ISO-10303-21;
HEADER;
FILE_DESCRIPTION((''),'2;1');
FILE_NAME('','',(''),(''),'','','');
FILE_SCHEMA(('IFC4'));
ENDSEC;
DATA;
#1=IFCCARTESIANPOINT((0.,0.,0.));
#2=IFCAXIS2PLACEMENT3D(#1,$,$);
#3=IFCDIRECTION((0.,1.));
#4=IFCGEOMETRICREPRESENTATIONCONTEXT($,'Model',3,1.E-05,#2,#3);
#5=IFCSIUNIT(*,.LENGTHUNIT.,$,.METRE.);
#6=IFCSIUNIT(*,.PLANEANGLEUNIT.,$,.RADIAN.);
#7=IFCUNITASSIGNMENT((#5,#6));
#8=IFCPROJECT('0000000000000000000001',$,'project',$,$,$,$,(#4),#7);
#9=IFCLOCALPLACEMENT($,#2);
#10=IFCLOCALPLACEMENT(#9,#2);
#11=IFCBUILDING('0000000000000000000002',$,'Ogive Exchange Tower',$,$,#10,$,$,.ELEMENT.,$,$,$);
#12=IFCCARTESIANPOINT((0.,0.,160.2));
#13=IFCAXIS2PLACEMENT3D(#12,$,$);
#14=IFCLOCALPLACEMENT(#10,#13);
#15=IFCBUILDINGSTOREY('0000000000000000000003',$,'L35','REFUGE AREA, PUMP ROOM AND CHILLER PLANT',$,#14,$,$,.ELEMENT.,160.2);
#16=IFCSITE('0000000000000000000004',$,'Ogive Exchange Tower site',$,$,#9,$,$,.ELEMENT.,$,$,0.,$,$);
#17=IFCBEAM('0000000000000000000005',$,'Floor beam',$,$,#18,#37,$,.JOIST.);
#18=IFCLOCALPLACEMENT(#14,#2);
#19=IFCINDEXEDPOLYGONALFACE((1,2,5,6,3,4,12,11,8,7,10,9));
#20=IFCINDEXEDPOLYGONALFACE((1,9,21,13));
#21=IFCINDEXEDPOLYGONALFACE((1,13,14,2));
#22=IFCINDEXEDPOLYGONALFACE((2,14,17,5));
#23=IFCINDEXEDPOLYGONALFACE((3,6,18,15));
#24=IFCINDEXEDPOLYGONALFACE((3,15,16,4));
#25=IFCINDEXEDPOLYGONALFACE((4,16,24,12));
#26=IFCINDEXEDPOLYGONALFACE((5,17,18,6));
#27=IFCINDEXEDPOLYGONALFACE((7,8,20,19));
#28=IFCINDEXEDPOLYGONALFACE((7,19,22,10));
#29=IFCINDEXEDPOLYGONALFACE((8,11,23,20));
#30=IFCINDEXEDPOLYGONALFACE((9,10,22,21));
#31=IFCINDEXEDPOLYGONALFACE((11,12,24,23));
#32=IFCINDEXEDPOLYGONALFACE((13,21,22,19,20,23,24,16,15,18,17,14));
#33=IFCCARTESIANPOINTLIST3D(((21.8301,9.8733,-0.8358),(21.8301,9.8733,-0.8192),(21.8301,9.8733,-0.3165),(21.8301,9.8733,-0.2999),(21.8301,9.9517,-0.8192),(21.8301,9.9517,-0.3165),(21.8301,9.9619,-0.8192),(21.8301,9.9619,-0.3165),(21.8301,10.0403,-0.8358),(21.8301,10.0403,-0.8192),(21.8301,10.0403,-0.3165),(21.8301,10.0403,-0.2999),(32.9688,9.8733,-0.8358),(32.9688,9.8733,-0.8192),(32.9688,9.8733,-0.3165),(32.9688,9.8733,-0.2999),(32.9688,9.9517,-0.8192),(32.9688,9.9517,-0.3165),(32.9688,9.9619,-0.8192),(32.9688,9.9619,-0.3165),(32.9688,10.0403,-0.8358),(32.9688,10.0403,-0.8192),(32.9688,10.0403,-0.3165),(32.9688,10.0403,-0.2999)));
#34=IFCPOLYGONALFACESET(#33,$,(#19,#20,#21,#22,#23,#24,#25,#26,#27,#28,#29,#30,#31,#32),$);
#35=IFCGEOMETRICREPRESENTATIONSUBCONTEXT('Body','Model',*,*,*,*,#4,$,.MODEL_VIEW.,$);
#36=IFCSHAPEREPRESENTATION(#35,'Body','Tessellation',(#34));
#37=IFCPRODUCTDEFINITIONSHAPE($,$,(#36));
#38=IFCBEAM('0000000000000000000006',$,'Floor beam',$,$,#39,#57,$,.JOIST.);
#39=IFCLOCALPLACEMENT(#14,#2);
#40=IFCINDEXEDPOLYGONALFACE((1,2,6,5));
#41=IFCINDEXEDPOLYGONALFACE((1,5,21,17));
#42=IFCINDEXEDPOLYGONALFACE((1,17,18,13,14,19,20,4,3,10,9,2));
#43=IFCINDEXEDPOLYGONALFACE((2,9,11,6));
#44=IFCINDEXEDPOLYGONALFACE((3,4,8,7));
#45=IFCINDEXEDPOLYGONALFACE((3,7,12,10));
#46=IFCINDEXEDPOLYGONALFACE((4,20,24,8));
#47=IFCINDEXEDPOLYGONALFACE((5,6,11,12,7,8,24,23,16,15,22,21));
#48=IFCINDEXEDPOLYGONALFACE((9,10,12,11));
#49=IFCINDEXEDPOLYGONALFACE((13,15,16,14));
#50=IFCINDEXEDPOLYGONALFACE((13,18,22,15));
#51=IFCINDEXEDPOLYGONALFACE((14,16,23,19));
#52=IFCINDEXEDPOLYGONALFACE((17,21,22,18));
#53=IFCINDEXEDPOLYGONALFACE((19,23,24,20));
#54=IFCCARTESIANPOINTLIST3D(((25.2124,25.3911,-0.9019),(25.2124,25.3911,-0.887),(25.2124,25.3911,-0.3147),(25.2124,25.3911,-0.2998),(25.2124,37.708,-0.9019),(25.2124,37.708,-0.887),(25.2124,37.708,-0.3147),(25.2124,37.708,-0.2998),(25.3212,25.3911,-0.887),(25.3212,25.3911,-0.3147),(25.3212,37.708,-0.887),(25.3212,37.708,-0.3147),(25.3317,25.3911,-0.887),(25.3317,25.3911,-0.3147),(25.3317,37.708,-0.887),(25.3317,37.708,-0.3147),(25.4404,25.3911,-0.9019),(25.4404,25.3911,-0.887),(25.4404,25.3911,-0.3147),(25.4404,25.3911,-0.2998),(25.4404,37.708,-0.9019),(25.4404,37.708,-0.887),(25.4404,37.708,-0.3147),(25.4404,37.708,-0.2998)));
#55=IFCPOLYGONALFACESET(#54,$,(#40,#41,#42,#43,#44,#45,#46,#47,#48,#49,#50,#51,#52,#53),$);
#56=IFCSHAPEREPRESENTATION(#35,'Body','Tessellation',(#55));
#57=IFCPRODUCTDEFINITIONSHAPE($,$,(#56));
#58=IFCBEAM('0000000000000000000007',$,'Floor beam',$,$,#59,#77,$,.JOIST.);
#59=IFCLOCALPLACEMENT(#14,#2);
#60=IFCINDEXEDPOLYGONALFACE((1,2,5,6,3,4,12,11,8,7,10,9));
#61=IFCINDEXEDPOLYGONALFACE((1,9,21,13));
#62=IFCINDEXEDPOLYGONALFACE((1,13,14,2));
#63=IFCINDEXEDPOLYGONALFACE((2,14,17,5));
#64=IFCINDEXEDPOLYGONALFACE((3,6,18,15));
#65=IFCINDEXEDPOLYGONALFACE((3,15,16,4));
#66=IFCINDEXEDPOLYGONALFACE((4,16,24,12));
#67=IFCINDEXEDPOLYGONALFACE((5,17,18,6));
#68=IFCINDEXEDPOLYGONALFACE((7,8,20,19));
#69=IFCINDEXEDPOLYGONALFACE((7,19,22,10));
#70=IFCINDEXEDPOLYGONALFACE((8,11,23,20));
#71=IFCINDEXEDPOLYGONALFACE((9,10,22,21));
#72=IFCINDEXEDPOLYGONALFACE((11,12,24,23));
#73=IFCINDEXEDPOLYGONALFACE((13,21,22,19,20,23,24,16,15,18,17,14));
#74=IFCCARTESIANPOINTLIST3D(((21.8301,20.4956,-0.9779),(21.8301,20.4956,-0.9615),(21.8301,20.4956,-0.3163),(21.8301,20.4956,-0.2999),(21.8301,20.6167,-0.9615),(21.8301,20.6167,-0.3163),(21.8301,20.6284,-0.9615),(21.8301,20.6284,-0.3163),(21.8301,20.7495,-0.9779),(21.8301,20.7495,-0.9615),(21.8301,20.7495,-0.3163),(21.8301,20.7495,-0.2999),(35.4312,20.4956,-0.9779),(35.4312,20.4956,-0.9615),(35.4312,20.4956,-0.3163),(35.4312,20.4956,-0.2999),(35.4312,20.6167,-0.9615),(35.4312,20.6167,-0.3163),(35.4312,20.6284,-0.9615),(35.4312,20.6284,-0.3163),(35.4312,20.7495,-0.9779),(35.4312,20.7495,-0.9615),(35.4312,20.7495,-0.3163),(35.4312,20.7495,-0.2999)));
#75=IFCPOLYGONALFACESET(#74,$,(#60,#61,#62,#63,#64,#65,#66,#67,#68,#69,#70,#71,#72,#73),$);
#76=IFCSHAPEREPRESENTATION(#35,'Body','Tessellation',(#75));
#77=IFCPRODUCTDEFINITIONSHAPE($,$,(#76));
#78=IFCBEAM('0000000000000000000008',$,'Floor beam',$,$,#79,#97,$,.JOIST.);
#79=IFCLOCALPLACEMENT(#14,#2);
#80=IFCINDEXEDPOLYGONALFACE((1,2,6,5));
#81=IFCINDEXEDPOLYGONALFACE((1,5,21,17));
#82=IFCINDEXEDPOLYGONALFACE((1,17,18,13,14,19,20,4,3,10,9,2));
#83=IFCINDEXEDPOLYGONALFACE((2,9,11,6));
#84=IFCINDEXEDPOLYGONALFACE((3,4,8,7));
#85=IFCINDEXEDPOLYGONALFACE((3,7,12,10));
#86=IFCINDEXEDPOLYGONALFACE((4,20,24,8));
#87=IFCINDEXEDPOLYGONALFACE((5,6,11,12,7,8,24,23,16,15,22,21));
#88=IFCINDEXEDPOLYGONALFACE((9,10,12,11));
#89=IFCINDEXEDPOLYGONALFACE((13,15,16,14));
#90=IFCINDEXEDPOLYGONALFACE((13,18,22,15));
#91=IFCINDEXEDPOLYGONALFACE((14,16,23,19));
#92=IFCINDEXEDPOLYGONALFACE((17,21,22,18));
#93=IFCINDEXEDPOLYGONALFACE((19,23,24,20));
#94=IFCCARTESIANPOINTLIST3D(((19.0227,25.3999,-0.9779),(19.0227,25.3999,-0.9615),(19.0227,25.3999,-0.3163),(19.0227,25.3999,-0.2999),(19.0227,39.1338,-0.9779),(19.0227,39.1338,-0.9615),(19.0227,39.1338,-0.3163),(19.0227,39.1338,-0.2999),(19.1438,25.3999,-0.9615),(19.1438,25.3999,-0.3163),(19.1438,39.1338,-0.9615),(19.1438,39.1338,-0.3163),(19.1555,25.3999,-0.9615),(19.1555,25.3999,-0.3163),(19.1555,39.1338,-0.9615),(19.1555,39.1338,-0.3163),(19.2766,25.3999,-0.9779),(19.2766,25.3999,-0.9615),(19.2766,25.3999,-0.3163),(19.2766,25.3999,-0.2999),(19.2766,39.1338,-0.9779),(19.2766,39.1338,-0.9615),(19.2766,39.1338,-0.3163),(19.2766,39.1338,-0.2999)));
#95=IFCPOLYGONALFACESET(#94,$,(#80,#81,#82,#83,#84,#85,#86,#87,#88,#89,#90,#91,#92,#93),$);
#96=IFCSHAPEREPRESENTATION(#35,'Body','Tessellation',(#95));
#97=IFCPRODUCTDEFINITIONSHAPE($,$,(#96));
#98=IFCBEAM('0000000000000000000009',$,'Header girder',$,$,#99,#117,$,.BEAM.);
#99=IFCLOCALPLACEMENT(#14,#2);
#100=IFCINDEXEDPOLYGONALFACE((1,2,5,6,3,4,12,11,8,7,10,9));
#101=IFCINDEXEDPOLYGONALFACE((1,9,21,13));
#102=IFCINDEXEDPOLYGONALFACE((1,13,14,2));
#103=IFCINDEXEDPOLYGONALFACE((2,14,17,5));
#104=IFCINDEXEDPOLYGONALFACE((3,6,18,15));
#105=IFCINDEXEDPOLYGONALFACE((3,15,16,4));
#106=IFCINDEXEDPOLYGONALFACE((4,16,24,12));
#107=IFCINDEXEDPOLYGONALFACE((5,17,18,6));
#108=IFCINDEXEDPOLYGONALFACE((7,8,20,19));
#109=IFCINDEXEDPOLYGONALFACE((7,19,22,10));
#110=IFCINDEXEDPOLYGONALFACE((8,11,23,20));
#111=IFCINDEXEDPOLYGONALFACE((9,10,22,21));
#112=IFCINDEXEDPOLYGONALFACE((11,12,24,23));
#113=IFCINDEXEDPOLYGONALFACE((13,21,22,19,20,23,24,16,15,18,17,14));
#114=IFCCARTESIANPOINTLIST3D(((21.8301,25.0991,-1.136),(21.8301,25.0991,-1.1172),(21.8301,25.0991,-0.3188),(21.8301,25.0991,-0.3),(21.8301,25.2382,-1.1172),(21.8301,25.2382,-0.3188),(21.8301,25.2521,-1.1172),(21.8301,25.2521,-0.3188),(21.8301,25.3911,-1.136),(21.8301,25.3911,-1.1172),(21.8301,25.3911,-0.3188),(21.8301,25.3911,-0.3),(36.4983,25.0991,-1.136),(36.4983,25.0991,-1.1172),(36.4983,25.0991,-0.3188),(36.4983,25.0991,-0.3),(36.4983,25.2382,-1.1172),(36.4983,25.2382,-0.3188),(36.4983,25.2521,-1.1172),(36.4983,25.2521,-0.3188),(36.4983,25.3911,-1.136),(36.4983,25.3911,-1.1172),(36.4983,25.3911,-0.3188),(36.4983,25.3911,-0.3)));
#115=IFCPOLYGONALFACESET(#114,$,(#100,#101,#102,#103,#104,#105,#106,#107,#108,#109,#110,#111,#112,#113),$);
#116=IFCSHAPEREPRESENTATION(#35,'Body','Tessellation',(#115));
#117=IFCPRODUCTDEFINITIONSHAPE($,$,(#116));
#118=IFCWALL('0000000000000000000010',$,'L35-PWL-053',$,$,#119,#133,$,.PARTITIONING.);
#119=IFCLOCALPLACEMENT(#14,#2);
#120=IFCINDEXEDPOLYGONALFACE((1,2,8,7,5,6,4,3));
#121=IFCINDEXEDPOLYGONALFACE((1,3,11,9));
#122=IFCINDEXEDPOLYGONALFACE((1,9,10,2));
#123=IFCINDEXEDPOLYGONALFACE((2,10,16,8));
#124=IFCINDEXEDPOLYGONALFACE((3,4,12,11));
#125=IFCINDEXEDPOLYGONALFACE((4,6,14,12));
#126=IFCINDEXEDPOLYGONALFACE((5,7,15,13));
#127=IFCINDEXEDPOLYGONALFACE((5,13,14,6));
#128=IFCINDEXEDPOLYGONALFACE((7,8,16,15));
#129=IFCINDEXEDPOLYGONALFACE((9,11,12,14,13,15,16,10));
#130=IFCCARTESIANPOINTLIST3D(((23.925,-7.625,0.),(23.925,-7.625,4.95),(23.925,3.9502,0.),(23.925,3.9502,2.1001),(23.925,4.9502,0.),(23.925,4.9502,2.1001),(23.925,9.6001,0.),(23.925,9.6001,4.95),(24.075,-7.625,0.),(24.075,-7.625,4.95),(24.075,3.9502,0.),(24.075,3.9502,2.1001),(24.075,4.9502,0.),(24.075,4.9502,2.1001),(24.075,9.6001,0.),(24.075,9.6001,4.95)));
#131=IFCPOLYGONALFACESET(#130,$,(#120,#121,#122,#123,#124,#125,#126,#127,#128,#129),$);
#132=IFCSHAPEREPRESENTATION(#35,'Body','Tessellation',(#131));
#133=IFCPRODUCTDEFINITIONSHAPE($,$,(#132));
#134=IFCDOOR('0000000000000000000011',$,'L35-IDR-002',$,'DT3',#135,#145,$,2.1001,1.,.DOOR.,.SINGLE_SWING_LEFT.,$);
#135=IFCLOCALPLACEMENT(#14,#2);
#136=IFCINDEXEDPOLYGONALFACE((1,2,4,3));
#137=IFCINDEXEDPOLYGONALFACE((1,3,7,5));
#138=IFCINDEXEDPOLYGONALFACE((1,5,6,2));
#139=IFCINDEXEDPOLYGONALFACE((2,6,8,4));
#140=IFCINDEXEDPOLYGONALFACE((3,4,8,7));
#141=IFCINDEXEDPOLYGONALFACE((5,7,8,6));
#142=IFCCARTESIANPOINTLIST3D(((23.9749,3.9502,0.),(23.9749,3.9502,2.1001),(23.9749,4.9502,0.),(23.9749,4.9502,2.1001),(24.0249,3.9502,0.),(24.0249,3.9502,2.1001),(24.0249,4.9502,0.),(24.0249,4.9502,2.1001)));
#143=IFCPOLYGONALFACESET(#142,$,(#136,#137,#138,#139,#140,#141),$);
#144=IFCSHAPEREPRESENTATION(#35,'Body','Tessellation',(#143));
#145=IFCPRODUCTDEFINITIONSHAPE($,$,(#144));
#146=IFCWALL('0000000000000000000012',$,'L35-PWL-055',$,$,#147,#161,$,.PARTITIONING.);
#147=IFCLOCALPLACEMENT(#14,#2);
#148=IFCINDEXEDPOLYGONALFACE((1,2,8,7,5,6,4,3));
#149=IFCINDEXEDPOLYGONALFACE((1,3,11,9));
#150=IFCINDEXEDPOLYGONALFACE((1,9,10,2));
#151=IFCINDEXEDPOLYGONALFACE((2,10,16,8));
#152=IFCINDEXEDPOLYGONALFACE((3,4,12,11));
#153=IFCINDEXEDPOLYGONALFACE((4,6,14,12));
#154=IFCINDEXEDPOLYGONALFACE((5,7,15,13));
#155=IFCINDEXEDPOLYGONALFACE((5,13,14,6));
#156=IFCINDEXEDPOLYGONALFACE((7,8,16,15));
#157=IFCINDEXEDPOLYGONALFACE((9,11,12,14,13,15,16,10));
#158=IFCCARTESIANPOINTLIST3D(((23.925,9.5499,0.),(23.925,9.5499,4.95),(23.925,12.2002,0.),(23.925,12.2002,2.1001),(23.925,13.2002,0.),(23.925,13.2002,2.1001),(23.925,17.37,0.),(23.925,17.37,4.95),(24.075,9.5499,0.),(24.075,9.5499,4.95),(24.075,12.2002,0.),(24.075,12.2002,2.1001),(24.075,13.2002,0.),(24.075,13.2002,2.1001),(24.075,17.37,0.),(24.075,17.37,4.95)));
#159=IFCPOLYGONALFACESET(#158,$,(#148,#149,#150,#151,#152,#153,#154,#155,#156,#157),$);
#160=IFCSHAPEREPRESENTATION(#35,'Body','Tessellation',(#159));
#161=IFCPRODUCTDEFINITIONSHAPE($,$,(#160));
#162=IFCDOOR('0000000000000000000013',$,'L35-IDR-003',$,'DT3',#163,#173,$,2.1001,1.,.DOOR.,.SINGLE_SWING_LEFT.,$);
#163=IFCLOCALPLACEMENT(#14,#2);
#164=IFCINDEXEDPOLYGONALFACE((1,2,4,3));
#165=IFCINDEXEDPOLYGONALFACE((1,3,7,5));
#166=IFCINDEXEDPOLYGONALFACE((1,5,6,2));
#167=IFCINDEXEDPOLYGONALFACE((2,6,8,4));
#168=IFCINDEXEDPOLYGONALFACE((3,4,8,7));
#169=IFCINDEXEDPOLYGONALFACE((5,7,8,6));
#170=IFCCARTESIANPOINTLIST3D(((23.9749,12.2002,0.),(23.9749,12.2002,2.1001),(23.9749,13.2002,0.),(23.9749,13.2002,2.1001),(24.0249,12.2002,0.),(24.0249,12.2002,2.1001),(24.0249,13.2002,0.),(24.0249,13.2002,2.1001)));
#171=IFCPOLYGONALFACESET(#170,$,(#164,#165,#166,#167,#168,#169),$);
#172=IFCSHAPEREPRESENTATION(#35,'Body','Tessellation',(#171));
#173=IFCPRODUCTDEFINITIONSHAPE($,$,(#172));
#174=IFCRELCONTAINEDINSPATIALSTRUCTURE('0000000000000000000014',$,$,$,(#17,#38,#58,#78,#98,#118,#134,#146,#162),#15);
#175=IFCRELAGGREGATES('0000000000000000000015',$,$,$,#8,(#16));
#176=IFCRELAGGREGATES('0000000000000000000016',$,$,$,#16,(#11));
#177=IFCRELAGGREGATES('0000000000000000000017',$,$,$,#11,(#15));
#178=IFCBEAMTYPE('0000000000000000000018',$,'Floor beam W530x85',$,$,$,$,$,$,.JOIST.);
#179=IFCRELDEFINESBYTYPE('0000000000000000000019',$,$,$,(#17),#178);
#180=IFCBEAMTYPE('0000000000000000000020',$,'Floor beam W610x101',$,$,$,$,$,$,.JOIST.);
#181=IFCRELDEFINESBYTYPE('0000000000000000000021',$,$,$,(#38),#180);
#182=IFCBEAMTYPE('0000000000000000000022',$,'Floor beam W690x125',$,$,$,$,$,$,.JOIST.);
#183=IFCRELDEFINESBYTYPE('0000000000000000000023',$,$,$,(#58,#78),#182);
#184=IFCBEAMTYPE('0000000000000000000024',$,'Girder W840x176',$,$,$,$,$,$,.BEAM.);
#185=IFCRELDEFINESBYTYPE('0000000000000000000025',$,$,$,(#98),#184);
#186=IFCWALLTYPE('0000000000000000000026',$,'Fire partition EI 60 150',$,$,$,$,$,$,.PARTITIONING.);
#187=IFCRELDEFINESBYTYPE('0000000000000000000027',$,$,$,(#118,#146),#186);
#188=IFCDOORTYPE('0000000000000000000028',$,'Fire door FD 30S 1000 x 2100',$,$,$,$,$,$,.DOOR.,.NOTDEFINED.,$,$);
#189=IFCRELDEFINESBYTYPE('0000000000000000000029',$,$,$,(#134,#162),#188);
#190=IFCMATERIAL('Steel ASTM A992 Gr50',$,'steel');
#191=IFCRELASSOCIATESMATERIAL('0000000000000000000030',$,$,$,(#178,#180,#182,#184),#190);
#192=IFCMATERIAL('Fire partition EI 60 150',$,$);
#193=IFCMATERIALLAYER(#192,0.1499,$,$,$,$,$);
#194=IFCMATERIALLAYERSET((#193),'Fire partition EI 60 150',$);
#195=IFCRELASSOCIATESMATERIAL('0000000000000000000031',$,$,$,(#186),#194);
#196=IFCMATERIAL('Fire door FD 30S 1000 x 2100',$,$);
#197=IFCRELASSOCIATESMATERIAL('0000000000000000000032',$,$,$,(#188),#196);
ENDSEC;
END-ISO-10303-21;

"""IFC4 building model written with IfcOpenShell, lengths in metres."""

from ifc_helpers import new_model, si_unit, direction, frame, frame_2d, origin, origin_2d, place, context, subcontext, project, spatial, rectangle, i_section, extrude, material, layer, layer_set, material_profile, profile_set, type_object, element, fill, save


model = new_model("IFC4")

# Units and contexts
model_context = context("Model", 3, precision=1e-05, world=origin(), true_north=direction((0.0, 1.0)))
body_context = subcontext(model_context, "Body", "Model", "MODEL_VIEW")
ifc_project = project(units=[si_unit("LENGTHUNIT", "METRE"), si_unit("PLANEANGLEUNIT", "RADIAN")], contexts=[model_context])

# Site, building, storey
site_placement = place(None, origin())
site = spatial("IfcSite", under=ifc_project, at=site_placement, Name="Ogive Exchange Tower site", CompositionType="ELEMENT", RefElevation=0.0)
building_placement = place(site_placement, origin())
building = spatial("IfcBuilding", under=site, at=building_placement, Name="Ogive Exchange Tower", CompositionType="ELEMENT")
storey_placement = place(building_placement, frame((0.0, 0.0, 160.2)))
storey = spatial("IfcBuildingStorey", under=building, at=storey_placement, Name="L35", Description="REFUGE AREA, PUMP ROOM AND CHILLER PLANT", CompositionType="ELEMENT", Elevation=160.2)

# Beams
ifc_material_1 = material(Name="Steel ASTM A992 Gr50", Category="steel")
ifc_material_profile_1 = material_profile(ifc_material_1, i_section(OverallWidth=0.167, OverallDepth=0.5359, WebThickness=0.0103, FlangeThickness=0.0166, at=origin_2d()), Name="W530x85")
ifc_profile_set_1 = profile_set([ifc_material_profile_1], Name="Steel ASTM A992 Gr50")
beam_type_1 = type_object("IfcBeamType", Name="Floor beam W530x85", PredefinedType="JOIST", material=ifc_profile_set_1)
beam_1_placement = place(storey_placement, frame((21.8301, 9.9568, -0.5679), z_axis=(1.0, 0.0, 0.0), x_axis=(0.0, 1.0, 0.0)))
element("IfcBeam", 1, at=beam_1_placement, inside=storey, type_object=beam_type_1, Name="Floor beam", PredefinedType="JOIST", context=body_context, shape_type="SweptSolid", body=[
    extrude(i_section(OverallWidth=0.167, OverallDepth=0.5359, WebThickness=0.0103, FlangeThickness=0.0166, at=origin_2d()), origin(), (0.0, 0.0, 1.0), 11.1387),
])
ifc_material_profile_2 = material_profile(ifc_material_1, i_section(OverallWidth=0.228, OverallDepth=0.6021, WebThickness=0.0105, FlangeThickness=0.0149, at=origin_2d()), Name="W610x101")
ifc_profile_set_2 = profile_set([ifc_material_profile_2], Name="Steel ASTM A992 Gr50")
beam_type_2 = type_object("IfcBeamType", Name="Floor beam W610x101", PredefinedType="JOIST", material=ifc_profile_set_2)
beam_2_placement = place(storey_placement, frame((25.3264, 25.3911, -0.6008), z_axis=(0.0, 1.0, 0.0), x_axis=(-1.0, 0.0, 0.0)))
element("IfcBeam", 2, at=beam_2_placement, inside=storey, type_object=beam_type_2, Name="Floor beam", PredefinedType="JOIST", context=body_context, shape_type="SweptSolid", body=[
    extrude(i_section(OverallWidth=0.228, OverallDepth=0.6021, WebThickness=0.0105, FlangeThickness=0.0149, at=origin_2d()), origin(), (0.0, 0.0, 1.0), 12.3169),
])
ifc_material_profile_3 = material_profile(ifc_material_1, i_section(OverallWidth=0.2539, OverallDepth=0.678, WebThickness=0.0117, FlangeThickness=0.0164, at=origin_2d()), Name="W690x125")
ifc_profile_set_3 = profile_set([ifc_material_profile_3], Name="Steel ASTM A992 Gr50")
beam_type_3 = type_object("IfcBeamType", Name="Floor beam W690x125", PredefinedType="JOIST", material=ifc_profile_set_3)
beam_3_placement = place(storey_placement, frame((21.8301, 20.6226, -0.6389), z_axis=(1.0, 0.0, 0.0), x_axis=(0.0, 1.0, 0.0)))
element("IfcBeam", 3, at=beam_3_placement, inside=storey, type_object=beam_type_3, Name="Floor beam", PredefinedType="JOIST", context=body_context, shape_type="SweptSolid", body=[
    extrude(i_section(OverallWidth=0.2539, OverallDepth=0.678, WebThickness=0.0117, FlangeThickness=0.0164, at=origin_2d()), origin(), (0.0, 0.0, 1.0), 13.6011),
])
beam_4_placement = place(storey_placement, frame((19.1497, 25.3999, -0.6389), z_axis=(0.0, 1.0, 0.0), x_axis=(-1.0, 0.0, 0.0)))
element("IfcBeam", 4, at=beam_4_placement, inside=storey, type_object=beam_type_3, Name="Floor beam", PredefinedType="JOIST", context=body_context, shape_type="SweptSolid", body=[
    extrude(i_section(OverallWidth=0.2539, OverallDepth=0.678, WebThickness=0.0117, FlangeThickness=0.0164, at=origin_2d()), origin(), (0.0, 0.0, 1.0), 13.7339),
])
ifc_material_profile_4 = material_profile(ifc_material_1, i_section(OverallWidth=0.292, OverallDepth=0.8359, WebThickness=0.0139, FlangeThickness=0.0188, at=origin_2d()), Name="W840x176")
ifc_profile_set_4 = profile_set([ifc_material_profile_4], Name="Steel ASTM A992 Gr50")
beam_type_4 = type_object("IfcBeamType", Name="Girder W840x176", PredefinedType="BEAM", material=ifc_profile_set_4)
beam_5_placement = place(storey_placement, frame((21.8301, 25.2451, -0.718), z_axis=(1.0, 0.0, 0.0), x_axis=(0.0, 1.0, 0.0)))
element("IfcBeam", 5, at=beam_5_placement, inside=storey, type_object=beam_type_4, Name="Header girder", PredefinedType="BEAM", context=body_context, shape_type="SweptSolid", body=[
    extrude(i_section(OverallWidth=0.292, OverallDepth=0.8359, WebThickness=0.0139, FlangeThickness=0.0188, at=origin_2d()), origin(), (0.0, 0.0, 1.0), 14.6682),
])

# Walls, openings, doors
ifc_material_2 = material(Name="Fire partition EI 60 150")
ifc_layer_1 = layer(ifc_material_2, 0.1499)
ifc_layer_set_1 = layer_set([ifc_layer_1], Name="Fire partition EI 60 150")
wall_type_1 = type_object("IfcWallType", Name="Fire partition EI 60 150", PredefinedType="PARTITIONING", material=ifc_layer_set_1)
wall_1_placement = place(storey_placement, frame((24.0, 9.6001, 0.0), z_axis=(0.0, 0.0, 1.0), x_axis=(0.0, -1.0, 0.0)))
wall_1 = element("IfcWall", 6, at=wall_1_placement, inside=storey, type_object=wall_type_1, Name="L35-PWL-053", PredefinedType="PARTITIONING", context=body_context, shape_type="SweptSolid", body=[
    extrude(rectangle(XDim=17.2251, YDim=0.1499, at=frame_2d((8.6125, 0.0))), origin(), (0.0, 0.0, 1.0), 4.95),
])
opening_1_placement = place(wall_1_placement, frame((4.6499, 0.0, 0.0)))
opening_1 = element("IfcOpeningElement", 7, at=opening_1_placement, cuts=wall_1, PredefinedType="OPENING", context=body_context, shape_type="SweptSolid", body=[
    extrude(rectangle(XDim=1.0, YDim=2.1001, at=frame_2d((0.5, 1.05))), frame((0.0, 0.085, 0.0), z_axis=(0.0, -1.0, 0.0), x_axis=(1.0, 0.0, 0.0)), (0.0, 0.0, 1.0), 0.1699),
])
ifc_material_3 = material(Name="Fire door FD 30S 1000 x 2100")
door_type = type_object("IfcDoorType", Name="Fire door FD 30S 1000 x 2100", OperationType="NOTDEFINED", PredefinedType="DOOR", material=ifc_material_3)
door_1_placement = place(opening_1_placement, origin())
door_1 = element("IfcDoor", 8, at=door_1_placement, inside=storey, type_object=door_type, Name="L35-IDR-002", ObjectType="DT3", OperationType="SINGLE_SWING_LEFT", OverallHeight=2.1001, OverallWidth=1.0, PredefinedType="DOOR", context=body_context, shape_type="SweptSolid", body=[
    extrude(rectangle(XDim=1.0, YDim=2.1001, at=frame_2d((0.5, 1.05))), frame((0.0, 0.0249, 0.0), z_axis=(0.0, -1.0, 0.0), x_axis=(1.0, 0.0, 0.0)), (0.0, 0.0, 1.0), 0.05),
])
fill(opening_1, door_1)
wall_2_placement = place(storey_placement, frame((24.0, 17.3701, 0.0), z_axis=(0.0, 0.0, 1.0), x_axis=(0.0, -1.0, 0.0)))
wall_2 = element("IfcWall", 9, at=wall_2_placement, inside=storey, type_object=wall_type_1, Name="L35-PWL-055", PredefinedType="PARTITIONING", context=body_context, shape_type="SweptSolid", body=[
    extrude(rectangle(XDim=7.8201, YDim=0.1499, at=frame_2d((3.9102, 0.0))), origin(), (0.0, 0.0, 1.0), 4.95),
])
opening_2_placement = place(wall_2_placement, frame((4.1699, 0.0, 0.0)))
opening_2 = element("IfcOpeningElement", 10, at=opening_2_placement, cuts=wall_2, PredefinedType="OPENING", context=body_context, shape_type="SweptSolid", body=[
    extrude(rectangle(XDim=1.0, YDim=2.1001, at=frame_2d((0.5, 1.05))), frame((0.0, 0.085, 0.0), z_axis=(0.0, -1.0, 0.0), x_axis=(1.0, 0.0, 0.0)), (0.0, 0.0, 1.0), 0.1699),
])
door_2_placement = place(opening_2_placement, origin())
door_2 = element("IfcDoor", 11, at=door_2_placement, inside=storey, type_object=door_type, Name="L35-IDR-003", ObjectType="DT3", OperationType="SINGLE_SWING_LEFT", OverallHeight=2.1001, OverallWidth=1.0, PredefinedType="DOOR", context=body_context, shape_type="SweptSolid", body=[
    extrude(rectangle(XDim=1.0, YDim=2.1001, at=frame_2d((0.5, 1.05))), frame((0.0, 0.0249, 0.0), z_axis=(0.0, -1.0, 0.0), x_axis=(1.0, 0.0, 0.0)), (0.0, 0.0, 1.0), 0.05),
])
fill(opening_2, door_2)

save(model, "model.ifc")
